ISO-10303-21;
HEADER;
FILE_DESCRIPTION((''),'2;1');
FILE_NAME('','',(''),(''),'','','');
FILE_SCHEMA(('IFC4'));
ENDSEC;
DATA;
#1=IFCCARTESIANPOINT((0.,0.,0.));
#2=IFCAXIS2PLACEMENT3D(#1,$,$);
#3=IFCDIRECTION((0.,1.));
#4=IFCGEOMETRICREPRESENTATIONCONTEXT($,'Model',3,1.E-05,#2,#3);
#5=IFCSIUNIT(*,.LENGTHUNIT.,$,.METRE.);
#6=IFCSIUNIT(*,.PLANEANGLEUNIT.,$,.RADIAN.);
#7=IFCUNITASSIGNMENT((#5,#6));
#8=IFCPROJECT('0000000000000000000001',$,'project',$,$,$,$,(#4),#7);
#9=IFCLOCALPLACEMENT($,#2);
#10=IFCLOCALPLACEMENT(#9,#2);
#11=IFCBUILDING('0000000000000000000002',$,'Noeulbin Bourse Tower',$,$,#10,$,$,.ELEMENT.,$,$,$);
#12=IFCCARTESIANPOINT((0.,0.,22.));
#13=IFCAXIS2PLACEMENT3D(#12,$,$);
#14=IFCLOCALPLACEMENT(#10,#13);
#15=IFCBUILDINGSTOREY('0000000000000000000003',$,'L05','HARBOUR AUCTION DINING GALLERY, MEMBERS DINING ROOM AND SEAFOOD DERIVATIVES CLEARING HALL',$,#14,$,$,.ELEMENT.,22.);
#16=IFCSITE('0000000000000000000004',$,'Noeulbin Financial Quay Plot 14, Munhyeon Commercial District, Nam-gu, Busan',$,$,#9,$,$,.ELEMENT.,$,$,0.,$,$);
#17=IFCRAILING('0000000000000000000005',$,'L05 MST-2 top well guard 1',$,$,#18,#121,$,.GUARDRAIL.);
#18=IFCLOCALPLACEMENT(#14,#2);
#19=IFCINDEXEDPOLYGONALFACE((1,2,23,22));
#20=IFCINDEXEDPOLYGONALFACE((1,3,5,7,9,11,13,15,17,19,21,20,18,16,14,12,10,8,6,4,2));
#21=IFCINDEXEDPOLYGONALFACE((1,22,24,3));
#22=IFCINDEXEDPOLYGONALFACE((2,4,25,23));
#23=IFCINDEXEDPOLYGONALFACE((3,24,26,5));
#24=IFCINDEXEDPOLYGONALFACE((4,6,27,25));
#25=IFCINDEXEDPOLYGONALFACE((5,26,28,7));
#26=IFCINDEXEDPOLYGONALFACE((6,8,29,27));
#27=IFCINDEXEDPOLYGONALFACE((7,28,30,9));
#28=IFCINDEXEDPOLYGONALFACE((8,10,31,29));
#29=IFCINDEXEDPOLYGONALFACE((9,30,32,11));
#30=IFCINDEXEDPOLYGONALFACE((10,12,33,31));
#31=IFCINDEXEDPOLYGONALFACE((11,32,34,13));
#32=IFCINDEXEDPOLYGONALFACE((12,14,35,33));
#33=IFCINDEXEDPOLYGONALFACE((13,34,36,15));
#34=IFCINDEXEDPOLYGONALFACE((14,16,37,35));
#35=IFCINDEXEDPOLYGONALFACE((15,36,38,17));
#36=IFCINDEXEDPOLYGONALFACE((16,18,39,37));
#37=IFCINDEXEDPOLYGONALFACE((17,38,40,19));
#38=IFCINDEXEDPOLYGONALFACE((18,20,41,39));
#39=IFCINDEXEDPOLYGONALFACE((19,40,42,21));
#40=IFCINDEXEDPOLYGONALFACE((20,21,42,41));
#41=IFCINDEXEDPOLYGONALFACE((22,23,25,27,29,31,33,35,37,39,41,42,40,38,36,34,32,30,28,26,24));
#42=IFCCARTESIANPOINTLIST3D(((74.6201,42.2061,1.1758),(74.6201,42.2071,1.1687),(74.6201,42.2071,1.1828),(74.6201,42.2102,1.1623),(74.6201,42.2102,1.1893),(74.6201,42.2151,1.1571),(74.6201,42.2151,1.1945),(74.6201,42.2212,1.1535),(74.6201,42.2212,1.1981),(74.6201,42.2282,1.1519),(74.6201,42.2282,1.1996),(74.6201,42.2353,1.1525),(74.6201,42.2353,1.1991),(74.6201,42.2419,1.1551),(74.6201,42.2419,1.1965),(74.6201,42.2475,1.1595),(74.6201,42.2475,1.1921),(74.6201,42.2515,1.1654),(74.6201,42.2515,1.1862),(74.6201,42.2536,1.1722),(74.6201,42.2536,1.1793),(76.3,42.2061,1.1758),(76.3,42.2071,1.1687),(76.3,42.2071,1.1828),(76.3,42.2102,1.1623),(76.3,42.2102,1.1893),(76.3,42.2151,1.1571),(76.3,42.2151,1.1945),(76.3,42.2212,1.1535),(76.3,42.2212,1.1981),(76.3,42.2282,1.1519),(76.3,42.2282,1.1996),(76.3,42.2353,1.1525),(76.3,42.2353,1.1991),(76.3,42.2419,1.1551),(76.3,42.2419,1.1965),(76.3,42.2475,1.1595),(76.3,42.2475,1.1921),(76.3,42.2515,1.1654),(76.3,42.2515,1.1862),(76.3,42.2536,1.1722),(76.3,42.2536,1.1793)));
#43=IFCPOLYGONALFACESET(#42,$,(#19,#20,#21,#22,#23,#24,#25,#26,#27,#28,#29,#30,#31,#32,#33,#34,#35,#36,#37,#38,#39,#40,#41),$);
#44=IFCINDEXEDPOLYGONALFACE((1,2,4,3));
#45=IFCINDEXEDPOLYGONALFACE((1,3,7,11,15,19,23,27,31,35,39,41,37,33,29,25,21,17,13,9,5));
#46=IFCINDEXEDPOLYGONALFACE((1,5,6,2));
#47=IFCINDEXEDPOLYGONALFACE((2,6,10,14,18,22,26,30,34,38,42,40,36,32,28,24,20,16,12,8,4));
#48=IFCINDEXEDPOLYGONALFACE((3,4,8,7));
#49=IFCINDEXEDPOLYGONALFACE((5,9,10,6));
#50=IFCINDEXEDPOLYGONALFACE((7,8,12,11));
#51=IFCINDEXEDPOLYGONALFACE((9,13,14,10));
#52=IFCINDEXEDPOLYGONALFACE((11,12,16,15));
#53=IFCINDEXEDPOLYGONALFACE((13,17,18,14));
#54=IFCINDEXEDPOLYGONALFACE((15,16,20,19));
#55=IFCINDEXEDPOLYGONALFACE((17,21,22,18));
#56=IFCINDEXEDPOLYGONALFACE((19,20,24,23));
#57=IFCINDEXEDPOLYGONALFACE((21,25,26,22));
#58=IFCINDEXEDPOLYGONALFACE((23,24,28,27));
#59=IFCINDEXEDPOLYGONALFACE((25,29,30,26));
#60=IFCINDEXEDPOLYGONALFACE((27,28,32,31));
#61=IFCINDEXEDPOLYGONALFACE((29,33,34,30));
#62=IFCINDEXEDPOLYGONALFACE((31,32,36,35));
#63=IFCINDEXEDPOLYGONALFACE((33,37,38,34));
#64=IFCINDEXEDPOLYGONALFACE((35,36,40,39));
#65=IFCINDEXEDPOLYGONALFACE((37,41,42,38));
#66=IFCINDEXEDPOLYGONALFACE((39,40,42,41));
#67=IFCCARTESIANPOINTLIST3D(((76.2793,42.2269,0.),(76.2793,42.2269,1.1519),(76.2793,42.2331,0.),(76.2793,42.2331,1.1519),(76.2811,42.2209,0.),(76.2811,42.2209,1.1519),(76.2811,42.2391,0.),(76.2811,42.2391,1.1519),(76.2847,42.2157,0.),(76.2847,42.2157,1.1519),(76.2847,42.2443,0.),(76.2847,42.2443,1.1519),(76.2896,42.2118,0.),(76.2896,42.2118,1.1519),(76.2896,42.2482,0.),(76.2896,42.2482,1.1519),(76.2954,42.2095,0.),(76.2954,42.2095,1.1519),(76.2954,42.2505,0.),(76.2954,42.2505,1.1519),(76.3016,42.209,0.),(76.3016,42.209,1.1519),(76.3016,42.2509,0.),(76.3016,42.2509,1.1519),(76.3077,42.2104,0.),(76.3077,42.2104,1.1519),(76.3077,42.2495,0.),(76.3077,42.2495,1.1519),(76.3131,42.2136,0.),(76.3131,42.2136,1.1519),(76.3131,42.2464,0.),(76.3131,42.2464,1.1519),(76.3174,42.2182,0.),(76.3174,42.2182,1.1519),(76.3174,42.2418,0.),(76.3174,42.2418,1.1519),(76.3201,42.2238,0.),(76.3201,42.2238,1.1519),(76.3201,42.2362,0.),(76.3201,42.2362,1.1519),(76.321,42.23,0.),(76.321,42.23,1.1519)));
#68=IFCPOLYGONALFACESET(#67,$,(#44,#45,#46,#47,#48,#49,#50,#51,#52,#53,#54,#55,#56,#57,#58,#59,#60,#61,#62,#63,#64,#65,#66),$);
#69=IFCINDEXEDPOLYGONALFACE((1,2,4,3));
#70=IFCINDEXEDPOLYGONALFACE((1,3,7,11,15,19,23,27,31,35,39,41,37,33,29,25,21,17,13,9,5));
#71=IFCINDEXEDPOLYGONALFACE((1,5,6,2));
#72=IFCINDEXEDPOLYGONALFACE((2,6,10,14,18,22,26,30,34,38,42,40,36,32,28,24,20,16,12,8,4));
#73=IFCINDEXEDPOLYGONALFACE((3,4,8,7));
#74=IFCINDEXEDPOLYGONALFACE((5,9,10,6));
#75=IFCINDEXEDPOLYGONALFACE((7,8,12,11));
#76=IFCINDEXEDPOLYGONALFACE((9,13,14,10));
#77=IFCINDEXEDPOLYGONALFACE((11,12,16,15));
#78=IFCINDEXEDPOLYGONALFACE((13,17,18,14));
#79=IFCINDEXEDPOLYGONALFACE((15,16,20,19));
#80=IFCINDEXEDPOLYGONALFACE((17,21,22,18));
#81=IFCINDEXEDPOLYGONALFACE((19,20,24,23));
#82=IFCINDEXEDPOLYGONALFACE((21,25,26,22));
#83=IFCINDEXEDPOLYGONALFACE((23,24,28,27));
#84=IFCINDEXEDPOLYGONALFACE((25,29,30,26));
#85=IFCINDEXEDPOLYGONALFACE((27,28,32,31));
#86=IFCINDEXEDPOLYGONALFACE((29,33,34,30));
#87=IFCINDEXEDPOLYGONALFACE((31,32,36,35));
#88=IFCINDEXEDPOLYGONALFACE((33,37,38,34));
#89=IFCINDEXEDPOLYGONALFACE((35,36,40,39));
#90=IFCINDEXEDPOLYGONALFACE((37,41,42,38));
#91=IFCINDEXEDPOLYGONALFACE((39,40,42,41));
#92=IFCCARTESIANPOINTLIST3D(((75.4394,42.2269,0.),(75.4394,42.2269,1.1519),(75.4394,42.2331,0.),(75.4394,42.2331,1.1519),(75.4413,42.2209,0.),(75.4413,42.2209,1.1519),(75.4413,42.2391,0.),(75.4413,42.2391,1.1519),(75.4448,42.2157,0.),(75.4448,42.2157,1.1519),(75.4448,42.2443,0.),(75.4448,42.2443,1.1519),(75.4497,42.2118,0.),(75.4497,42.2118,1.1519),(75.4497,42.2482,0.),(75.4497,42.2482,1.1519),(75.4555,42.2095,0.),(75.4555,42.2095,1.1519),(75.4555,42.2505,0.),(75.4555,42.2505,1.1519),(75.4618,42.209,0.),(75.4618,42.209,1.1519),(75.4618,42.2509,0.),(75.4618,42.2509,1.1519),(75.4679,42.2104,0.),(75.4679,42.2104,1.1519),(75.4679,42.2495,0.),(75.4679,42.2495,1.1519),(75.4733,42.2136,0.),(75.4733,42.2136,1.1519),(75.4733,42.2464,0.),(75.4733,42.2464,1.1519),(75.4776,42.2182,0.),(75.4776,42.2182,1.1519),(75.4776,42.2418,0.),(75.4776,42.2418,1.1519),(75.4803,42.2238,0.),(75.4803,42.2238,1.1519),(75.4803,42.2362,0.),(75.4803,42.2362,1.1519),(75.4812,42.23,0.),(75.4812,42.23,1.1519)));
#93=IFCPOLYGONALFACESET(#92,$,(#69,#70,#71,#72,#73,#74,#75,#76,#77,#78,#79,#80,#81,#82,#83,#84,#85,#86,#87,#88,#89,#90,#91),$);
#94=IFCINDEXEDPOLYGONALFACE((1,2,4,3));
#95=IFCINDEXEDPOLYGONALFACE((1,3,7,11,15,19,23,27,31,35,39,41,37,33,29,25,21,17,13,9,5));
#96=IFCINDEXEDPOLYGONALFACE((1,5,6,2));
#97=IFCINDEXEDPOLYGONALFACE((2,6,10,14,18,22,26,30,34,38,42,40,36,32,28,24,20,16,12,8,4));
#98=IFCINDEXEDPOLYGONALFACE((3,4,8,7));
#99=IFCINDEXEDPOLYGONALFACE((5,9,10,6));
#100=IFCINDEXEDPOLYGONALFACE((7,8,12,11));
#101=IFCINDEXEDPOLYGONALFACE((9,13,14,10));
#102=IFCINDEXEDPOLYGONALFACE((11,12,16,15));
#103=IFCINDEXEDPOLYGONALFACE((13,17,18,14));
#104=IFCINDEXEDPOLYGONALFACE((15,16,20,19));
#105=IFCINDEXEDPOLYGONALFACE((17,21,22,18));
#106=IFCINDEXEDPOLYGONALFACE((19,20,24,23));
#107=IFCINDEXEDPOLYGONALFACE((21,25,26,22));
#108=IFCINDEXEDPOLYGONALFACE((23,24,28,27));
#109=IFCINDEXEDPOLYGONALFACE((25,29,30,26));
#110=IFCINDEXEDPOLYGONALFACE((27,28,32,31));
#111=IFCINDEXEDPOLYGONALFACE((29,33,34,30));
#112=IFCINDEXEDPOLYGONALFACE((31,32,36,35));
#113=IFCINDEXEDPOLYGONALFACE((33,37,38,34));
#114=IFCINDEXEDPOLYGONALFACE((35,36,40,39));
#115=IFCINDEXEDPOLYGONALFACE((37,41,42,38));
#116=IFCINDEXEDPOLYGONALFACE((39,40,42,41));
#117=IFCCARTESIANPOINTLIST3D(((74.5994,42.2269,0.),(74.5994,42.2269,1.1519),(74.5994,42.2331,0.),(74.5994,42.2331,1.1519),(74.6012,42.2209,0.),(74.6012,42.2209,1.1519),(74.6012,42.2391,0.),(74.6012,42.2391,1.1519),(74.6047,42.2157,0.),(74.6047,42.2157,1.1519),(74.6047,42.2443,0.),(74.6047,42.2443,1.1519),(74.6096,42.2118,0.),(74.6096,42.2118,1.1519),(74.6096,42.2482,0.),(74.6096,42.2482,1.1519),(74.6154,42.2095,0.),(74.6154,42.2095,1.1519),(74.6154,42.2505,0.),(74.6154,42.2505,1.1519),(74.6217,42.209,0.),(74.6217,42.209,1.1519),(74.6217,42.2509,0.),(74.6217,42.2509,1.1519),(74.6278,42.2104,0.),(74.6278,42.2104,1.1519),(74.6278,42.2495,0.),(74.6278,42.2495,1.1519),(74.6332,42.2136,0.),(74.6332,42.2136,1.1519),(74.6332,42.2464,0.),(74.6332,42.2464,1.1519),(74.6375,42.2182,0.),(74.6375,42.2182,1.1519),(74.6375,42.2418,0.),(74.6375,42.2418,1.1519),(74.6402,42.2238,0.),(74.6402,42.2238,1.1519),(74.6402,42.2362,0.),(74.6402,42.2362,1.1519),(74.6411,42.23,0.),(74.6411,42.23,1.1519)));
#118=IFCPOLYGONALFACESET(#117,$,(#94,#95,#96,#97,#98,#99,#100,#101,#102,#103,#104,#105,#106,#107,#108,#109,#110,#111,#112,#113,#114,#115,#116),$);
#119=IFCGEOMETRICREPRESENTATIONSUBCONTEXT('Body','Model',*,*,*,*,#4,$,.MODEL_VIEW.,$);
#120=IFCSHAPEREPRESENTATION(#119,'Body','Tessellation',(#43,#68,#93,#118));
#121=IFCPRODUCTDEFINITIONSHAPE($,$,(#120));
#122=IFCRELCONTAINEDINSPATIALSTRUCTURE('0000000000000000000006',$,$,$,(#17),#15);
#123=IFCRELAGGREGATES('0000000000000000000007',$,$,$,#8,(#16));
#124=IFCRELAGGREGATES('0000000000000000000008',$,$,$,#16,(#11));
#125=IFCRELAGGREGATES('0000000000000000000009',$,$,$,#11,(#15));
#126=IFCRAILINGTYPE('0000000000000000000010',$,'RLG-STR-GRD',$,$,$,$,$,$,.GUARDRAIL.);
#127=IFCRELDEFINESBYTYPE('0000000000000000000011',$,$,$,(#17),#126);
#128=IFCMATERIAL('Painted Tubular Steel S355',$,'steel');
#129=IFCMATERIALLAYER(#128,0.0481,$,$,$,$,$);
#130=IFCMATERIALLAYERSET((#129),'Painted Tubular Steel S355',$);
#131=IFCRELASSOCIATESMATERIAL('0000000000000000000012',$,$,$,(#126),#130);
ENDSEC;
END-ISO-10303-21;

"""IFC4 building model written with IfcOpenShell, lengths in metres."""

from ifc_helpers import new_model, si_unit, direction, frame, origin, origin_2d, place, context, subcontext, project, spatial, circle, extrude, material, layer, layer_set, type_object, element, save


model = new_model("IFC4")

# Units and contexts
model_context = context("Model", 3, precision=1e-05, world=origin(), true_north=direction((0.0, 1.0)))
body_context = subcontext(model_context, "Body", "Model", "MODEL_VIEW")
ifc_project = project(units=[si_unit("LENGTHUNIT", "METRE"), si_unit("PLANEANGLEUNIT", "RADIAN")], contexts=[model_context])

# Site, building, storey
site_placement = place(None, origin())
site = spatial("IfcSite", under=ifc_project, at=site_placement, Name="Noeulbin Financial Quay Plot 14, Munhyeon Commercial District, Nam-gu, Busan", CompositionType="ELEMENT", RefElevation=0.0)
building_placement = place(site_placement, origin())
building = spatial("IfcBuilding", under=site, at=building_placement, Name="Noeulbin Bourse Tower", CompositionType="ELEMENT")
storey_placement = place(building_placement, frame((0.0, 0.0, 22.0)))
storey = spatial("IfcBuildingStorey", under=building, at=storey_placement, Name="L05", Description="HARBOUR AUCTION DINING GALLERY, MEMBERS DINING ROOM AND SEAFOOD DERIVATIVES CLEARING HALL", CompositionType="ELEMENT", Elevation=22.0)

# Railing
ifc_material_1 = material(Name="Painted Tubular Steel S355", Category="steel")
ifc_layer_1 = layer(ifc_material_1, 0.0481)
ifc_layer_set_1 = layer_set([ifc_layer_1], Name="Painted Tubular Steel S355")
railing_type = type_object("IfcRailingType", Name="RLG-STR-GRD", PredefinedType="GUARDRAIL", material=ifc_layer_set_1)
railing_placement = place(storey_placement, frame((76.3, 42.23, 0.0)))
element("IfcRailing", 1, at=railing_placement, inside=storey, type_object=railing_type, Name="L05 MST-2 top well guard 1", PredefinedType="GUARDRAIL", context=body_context, shape_type="SweptSolid", body=[
    extrude(circle(Radius=0.0239, at=origin_2d()), frame((0.0, 0.0, 1.1758), z_axis=(-1.0, 0.0, 0.0), x_axis=(0.0, -1.0, 0.0)), (0.0, 0.0, 1.0), 1.6799),
    extrude(circle(Radius=0.021, at=origin_2d()), origin(), (0.0, 0.0, 1.0), 1.1519),
    extrude(circle(Radius=0.021, at=origin_2d()), frame((-0.8398, 0.0, 0.0)), (0.0, 0.0, 1.0), 1.1519),
    extrude(circle(Radius=0.021, at=origin_2d()), frame((-1.6799, 0.0, 0.0)), (0.0, 0.0, 1.0), 1.1519),
])

save(model, "model.ifc")
